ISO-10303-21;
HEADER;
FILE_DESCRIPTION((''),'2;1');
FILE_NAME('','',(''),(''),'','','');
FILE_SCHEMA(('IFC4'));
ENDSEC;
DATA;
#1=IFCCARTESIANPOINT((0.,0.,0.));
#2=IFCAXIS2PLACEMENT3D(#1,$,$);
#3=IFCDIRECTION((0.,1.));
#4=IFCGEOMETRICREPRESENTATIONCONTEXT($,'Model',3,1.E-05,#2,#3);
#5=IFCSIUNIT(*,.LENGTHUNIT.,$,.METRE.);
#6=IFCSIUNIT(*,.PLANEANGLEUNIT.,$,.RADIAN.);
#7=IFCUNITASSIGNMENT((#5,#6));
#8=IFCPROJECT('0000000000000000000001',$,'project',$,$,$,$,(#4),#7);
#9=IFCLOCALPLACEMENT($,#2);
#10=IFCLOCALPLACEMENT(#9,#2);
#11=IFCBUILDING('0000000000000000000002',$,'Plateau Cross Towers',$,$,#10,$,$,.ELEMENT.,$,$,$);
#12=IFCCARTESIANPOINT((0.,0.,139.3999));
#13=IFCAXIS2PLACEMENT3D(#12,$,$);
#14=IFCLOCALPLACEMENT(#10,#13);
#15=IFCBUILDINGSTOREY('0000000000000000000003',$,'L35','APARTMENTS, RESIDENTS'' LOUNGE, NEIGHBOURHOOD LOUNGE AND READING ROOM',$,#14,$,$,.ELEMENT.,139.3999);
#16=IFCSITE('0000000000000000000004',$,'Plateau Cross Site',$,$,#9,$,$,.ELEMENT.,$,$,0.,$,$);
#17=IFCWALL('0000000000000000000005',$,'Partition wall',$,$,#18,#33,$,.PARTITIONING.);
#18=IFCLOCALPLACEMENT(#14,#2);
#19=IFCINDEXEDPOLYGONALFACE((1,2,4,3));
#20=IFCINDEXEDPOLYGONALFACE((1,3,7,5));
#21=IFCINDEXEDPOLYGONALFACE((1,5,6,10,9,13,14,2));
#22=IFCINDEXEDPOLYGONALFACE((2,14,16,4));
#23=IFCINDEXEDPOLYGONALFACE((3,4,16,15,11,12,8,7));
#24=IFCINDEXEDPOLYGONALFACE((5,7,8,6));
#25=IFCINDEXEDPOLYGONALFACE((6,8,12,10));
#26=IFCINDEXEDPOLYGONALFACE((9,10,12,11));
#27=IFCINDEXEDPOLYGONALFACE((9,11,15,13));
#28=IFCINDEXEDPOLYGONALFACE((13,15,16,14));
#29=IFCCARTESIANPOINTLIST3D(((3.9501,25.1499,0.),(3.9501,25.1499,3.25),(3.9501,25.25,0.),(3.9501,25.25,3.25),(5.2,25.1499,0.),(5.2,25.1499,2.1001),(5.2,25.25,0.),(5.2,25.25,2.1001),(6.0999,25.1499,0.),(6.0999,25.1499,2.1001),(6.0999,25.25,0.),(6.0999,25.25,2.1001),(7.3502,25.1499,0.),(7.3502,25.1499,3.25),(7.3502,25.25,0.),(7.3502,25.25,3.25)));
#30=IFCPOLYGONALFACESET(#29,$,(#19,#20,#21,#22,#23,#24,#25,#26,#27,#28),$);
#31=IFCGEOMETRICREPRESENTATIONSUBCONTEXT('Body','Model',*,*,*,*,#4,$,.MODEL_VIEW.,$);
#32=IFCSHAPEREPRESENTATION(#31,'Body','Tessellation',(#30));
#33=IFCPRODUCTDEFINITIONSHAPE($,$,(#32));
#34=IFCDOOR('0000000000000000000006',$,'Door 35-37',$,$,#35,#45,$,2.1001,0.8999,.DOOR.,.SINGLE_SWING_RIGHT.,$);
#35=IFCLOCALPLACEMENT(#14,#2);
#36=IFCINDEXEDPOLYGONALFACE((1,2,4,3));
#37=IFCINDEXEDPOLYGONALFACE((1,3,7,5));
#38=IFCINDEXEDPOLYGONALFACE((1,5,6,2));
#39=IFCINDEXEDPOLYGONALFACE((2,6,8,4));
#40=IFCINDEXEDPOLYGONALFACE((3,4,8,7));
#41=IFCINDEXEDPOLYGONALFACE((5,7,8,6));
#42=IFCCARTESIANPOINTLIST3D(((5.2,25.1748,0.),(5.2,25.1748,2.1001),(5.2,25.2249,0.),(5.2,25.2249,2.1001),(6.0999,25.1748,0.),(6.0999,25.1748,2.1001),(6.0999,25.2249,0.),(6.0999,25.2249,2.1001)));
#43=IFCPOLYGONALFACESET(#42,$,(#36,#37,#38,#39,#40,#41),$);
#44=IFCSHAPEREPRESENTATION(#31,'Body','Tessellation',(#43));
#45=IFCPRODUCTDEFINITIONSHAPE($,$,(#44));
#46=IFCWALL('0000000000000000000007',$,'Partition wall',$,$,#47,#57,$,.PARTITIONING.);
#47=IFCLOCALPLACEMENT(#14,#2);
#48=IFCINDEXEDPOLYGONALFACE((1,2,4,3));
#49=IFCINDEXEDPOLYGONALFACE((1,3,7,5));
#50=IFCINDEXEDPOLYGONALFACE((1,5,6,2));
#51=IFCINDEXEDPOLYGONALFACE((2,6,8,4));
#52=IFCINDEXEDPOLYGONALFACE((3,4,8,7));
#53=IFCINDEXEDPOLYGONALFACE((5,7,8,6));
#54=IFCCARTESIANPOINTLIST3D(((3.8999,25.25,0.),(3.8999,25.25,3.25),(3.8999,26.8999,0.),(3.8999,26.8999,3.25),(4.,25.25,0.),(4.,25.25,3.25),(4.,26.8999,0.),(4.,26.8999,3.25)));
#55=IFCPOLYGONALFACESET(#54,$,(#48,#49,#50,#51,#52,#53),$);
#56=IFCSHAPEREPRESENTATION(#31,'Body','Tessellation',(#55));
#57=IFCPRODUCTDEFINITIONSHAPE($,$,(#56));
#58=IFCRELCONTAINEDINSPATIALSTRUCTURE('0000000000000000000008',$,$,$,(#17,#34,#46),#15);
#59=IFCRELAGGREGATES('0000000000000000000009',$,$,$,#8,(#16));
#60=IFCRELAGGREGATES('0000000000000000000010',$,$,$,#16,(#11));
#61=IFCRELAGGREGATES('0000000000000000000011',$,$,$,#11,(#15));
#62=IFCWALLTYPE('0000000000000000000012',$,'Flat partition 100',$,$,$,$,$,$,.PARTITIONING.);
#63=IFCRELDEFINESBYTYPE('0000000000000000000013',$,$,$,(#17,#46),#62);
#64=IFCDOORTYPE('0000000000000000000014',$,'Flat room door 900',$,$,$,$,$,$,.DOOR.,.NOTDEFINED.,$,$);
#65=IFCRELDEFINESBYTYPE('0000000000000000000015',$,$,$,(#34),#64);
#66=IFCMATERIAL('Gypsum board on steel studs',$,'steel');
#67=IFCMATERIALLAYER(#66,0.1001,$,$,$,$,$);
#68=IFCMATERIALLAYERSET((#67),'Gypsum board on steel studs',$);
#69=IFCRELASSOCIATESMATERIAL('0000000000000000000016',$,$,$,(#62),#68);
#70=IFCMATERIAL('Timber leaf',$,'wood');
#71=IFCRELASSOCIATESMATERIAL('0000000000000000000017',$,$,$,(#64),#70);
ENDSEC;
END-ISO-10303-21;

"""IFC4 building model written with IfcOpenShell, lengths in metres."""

from ifc_helpers import new_model, si_unit, direction, frame, frame_2d, origin, place, context, subcontext, project, spatial, rectangle, extrude, material, layer, layer_set, type_object, element, fill, save


model = new_model("IFC4")

# Units and contexts
model_context = context("Model", 3, precision=1e-05, world=origin(), true_north=direction((0.0, 1.0)))
body_context = subcontext(model_context, "Body", "Model", "MODEL_VIEW")
ifc_project = project(units=[si_unit("LENGTHUNIT", "METRE"), si_unit("PLANEANGLEUNIT", "RADIAN")], contexts=[model_context])

# Site, building, storey
site_placement = place(None, origin())
site = spatial("IfcSite", under=ifc_project, at=site_placement, Name="Plateau Cross Site", CompositionType="ELEMENT", RefElevation=0.0)
building_placement = place(site_placement, origin())
building = spatial("IfcBuilding", under=site, at=building_placement, Name="Plateau Cross Towers", CompositionType="ELEMENT")
storey_placement = place(building_placement, frame((0.0, 0.0, 139.3999)))
storey = spatial("IfcBuildingStorey", under=building, at=storey_placement, Name="L35", Description="APARTMENTS, RESIDENTS' LOUNGE, NEIGHBOURHOOD LOUNGE AND READING ROOM", CompositionType="ELEMENT", Elevation=139.3999)

# Wall, opening, door
ifc_material_1 = material(Name="Gypsum board on steel studs", Category="steel")
ifc_layer_1 = layer(ifc_material_1, 0.1001)
ifc_layer_set_1 = layer_set([ifc_layer_1], Name="Gypsum board on steel studs")
wall_type_1 = type_object("IfcWallType", Name="Flat partition 100", PredefinedType="PARTITIONING", material=ifc_layer_set_1)
ifc_material_2 = material(Name="Timber leaf", Category="wood")
door_type_1 = type_object("IfcDoorType", Name="Flat room door 900", OperationType="NOTDEFINED", PredefinedType="DOOR", material=ifc_material_2)
wall_1_placement = place(storey_placement, frame((3.95, 25.2, 0.0), z_axis=(0.0, 0.0, 1.0), x_axis=(1.0, 0.0, 0.0)))
wall_1 = element("IfcWall", 1, at=wall_1_placement, inside=storey, type_object=wall_type_1, Name="Partition wall", PredefinedType="PARTITIONING", context=body_context, shape_type="SweptSolid", body=[
    extrude(rectangle(XDim=3.4001, YDim=0.1001, at=frame_2d((1.7002, 0.0))), origin(), (0.0, 0.0, 1.0), 3.25),
])
opening_1_placement = place(wall_1_placement, frame((1.25, 0.0, 0.0)))
opening_1 = element("IfcOpeningElement", 2, at=opening_1_placement, cuts=wall_1, PredefinedType="OPENING", context=body_context, shape_type="SweptSolid", body=[
    extrude(rectangle(XDim=0.8999, YDim=2.1001, at=frame_2d((0.45, 1.05))), frame((0.0, 0.0601, 0.0), z_axis=(0.0, -1.0, 0.0), x_axis=(1.0, 0.0, 0.0)), (0.0, 0.0, 1.0), 0.1201),
])
door_1_placement = place(opening_1_placement, origin())
door_1 = element("IfcDoor", 3, at=door_1_placement, inside=storey, type_object=door_type_1, Name="Door 35-37", OperationType="SINGLE_SWING_RIGHT", OverallHeight=2.1001, OverallWidth=0.8999, PredefinedType="DOOR", context=body_context, shape_type="SweptSolid", body=[
    extrude(rectangle(XDim=0.8999, YDim=2.1001, at=frame_2d((0.45, 1.05))), frame((0.0, 0.0249, 0.0), z_axis=(0.0, -1.0, 0.0), x_axis=(1.0, 0.0, 0.0)), (0.0, 0.0, 1.0), 0.05),
])
fill(opening_1, door_1)

# Wall
wall_2_placement = place(storey_placement, frame((3.95, 26.8999, 0.0), z_axis=(0.0, 0.0, 1.0), x_axis=(0.0, -1.0, 0.0)))
element("IfcWall", 4, at=wall_2_placement, inside=storey, type_object=wall_type_1, Name="Partition wall", PredefinedType="PARTITIONING", context=body_context, shape_type="SweptSolid", body=[
    extrude(rectangle(XDim=1.6499, YDim=0.1001, at=frame_2d((0.825, 0.0))), origin(), (0.0, 0.0, 1.0), 3.25),
])

save(model, "model.ifc")
